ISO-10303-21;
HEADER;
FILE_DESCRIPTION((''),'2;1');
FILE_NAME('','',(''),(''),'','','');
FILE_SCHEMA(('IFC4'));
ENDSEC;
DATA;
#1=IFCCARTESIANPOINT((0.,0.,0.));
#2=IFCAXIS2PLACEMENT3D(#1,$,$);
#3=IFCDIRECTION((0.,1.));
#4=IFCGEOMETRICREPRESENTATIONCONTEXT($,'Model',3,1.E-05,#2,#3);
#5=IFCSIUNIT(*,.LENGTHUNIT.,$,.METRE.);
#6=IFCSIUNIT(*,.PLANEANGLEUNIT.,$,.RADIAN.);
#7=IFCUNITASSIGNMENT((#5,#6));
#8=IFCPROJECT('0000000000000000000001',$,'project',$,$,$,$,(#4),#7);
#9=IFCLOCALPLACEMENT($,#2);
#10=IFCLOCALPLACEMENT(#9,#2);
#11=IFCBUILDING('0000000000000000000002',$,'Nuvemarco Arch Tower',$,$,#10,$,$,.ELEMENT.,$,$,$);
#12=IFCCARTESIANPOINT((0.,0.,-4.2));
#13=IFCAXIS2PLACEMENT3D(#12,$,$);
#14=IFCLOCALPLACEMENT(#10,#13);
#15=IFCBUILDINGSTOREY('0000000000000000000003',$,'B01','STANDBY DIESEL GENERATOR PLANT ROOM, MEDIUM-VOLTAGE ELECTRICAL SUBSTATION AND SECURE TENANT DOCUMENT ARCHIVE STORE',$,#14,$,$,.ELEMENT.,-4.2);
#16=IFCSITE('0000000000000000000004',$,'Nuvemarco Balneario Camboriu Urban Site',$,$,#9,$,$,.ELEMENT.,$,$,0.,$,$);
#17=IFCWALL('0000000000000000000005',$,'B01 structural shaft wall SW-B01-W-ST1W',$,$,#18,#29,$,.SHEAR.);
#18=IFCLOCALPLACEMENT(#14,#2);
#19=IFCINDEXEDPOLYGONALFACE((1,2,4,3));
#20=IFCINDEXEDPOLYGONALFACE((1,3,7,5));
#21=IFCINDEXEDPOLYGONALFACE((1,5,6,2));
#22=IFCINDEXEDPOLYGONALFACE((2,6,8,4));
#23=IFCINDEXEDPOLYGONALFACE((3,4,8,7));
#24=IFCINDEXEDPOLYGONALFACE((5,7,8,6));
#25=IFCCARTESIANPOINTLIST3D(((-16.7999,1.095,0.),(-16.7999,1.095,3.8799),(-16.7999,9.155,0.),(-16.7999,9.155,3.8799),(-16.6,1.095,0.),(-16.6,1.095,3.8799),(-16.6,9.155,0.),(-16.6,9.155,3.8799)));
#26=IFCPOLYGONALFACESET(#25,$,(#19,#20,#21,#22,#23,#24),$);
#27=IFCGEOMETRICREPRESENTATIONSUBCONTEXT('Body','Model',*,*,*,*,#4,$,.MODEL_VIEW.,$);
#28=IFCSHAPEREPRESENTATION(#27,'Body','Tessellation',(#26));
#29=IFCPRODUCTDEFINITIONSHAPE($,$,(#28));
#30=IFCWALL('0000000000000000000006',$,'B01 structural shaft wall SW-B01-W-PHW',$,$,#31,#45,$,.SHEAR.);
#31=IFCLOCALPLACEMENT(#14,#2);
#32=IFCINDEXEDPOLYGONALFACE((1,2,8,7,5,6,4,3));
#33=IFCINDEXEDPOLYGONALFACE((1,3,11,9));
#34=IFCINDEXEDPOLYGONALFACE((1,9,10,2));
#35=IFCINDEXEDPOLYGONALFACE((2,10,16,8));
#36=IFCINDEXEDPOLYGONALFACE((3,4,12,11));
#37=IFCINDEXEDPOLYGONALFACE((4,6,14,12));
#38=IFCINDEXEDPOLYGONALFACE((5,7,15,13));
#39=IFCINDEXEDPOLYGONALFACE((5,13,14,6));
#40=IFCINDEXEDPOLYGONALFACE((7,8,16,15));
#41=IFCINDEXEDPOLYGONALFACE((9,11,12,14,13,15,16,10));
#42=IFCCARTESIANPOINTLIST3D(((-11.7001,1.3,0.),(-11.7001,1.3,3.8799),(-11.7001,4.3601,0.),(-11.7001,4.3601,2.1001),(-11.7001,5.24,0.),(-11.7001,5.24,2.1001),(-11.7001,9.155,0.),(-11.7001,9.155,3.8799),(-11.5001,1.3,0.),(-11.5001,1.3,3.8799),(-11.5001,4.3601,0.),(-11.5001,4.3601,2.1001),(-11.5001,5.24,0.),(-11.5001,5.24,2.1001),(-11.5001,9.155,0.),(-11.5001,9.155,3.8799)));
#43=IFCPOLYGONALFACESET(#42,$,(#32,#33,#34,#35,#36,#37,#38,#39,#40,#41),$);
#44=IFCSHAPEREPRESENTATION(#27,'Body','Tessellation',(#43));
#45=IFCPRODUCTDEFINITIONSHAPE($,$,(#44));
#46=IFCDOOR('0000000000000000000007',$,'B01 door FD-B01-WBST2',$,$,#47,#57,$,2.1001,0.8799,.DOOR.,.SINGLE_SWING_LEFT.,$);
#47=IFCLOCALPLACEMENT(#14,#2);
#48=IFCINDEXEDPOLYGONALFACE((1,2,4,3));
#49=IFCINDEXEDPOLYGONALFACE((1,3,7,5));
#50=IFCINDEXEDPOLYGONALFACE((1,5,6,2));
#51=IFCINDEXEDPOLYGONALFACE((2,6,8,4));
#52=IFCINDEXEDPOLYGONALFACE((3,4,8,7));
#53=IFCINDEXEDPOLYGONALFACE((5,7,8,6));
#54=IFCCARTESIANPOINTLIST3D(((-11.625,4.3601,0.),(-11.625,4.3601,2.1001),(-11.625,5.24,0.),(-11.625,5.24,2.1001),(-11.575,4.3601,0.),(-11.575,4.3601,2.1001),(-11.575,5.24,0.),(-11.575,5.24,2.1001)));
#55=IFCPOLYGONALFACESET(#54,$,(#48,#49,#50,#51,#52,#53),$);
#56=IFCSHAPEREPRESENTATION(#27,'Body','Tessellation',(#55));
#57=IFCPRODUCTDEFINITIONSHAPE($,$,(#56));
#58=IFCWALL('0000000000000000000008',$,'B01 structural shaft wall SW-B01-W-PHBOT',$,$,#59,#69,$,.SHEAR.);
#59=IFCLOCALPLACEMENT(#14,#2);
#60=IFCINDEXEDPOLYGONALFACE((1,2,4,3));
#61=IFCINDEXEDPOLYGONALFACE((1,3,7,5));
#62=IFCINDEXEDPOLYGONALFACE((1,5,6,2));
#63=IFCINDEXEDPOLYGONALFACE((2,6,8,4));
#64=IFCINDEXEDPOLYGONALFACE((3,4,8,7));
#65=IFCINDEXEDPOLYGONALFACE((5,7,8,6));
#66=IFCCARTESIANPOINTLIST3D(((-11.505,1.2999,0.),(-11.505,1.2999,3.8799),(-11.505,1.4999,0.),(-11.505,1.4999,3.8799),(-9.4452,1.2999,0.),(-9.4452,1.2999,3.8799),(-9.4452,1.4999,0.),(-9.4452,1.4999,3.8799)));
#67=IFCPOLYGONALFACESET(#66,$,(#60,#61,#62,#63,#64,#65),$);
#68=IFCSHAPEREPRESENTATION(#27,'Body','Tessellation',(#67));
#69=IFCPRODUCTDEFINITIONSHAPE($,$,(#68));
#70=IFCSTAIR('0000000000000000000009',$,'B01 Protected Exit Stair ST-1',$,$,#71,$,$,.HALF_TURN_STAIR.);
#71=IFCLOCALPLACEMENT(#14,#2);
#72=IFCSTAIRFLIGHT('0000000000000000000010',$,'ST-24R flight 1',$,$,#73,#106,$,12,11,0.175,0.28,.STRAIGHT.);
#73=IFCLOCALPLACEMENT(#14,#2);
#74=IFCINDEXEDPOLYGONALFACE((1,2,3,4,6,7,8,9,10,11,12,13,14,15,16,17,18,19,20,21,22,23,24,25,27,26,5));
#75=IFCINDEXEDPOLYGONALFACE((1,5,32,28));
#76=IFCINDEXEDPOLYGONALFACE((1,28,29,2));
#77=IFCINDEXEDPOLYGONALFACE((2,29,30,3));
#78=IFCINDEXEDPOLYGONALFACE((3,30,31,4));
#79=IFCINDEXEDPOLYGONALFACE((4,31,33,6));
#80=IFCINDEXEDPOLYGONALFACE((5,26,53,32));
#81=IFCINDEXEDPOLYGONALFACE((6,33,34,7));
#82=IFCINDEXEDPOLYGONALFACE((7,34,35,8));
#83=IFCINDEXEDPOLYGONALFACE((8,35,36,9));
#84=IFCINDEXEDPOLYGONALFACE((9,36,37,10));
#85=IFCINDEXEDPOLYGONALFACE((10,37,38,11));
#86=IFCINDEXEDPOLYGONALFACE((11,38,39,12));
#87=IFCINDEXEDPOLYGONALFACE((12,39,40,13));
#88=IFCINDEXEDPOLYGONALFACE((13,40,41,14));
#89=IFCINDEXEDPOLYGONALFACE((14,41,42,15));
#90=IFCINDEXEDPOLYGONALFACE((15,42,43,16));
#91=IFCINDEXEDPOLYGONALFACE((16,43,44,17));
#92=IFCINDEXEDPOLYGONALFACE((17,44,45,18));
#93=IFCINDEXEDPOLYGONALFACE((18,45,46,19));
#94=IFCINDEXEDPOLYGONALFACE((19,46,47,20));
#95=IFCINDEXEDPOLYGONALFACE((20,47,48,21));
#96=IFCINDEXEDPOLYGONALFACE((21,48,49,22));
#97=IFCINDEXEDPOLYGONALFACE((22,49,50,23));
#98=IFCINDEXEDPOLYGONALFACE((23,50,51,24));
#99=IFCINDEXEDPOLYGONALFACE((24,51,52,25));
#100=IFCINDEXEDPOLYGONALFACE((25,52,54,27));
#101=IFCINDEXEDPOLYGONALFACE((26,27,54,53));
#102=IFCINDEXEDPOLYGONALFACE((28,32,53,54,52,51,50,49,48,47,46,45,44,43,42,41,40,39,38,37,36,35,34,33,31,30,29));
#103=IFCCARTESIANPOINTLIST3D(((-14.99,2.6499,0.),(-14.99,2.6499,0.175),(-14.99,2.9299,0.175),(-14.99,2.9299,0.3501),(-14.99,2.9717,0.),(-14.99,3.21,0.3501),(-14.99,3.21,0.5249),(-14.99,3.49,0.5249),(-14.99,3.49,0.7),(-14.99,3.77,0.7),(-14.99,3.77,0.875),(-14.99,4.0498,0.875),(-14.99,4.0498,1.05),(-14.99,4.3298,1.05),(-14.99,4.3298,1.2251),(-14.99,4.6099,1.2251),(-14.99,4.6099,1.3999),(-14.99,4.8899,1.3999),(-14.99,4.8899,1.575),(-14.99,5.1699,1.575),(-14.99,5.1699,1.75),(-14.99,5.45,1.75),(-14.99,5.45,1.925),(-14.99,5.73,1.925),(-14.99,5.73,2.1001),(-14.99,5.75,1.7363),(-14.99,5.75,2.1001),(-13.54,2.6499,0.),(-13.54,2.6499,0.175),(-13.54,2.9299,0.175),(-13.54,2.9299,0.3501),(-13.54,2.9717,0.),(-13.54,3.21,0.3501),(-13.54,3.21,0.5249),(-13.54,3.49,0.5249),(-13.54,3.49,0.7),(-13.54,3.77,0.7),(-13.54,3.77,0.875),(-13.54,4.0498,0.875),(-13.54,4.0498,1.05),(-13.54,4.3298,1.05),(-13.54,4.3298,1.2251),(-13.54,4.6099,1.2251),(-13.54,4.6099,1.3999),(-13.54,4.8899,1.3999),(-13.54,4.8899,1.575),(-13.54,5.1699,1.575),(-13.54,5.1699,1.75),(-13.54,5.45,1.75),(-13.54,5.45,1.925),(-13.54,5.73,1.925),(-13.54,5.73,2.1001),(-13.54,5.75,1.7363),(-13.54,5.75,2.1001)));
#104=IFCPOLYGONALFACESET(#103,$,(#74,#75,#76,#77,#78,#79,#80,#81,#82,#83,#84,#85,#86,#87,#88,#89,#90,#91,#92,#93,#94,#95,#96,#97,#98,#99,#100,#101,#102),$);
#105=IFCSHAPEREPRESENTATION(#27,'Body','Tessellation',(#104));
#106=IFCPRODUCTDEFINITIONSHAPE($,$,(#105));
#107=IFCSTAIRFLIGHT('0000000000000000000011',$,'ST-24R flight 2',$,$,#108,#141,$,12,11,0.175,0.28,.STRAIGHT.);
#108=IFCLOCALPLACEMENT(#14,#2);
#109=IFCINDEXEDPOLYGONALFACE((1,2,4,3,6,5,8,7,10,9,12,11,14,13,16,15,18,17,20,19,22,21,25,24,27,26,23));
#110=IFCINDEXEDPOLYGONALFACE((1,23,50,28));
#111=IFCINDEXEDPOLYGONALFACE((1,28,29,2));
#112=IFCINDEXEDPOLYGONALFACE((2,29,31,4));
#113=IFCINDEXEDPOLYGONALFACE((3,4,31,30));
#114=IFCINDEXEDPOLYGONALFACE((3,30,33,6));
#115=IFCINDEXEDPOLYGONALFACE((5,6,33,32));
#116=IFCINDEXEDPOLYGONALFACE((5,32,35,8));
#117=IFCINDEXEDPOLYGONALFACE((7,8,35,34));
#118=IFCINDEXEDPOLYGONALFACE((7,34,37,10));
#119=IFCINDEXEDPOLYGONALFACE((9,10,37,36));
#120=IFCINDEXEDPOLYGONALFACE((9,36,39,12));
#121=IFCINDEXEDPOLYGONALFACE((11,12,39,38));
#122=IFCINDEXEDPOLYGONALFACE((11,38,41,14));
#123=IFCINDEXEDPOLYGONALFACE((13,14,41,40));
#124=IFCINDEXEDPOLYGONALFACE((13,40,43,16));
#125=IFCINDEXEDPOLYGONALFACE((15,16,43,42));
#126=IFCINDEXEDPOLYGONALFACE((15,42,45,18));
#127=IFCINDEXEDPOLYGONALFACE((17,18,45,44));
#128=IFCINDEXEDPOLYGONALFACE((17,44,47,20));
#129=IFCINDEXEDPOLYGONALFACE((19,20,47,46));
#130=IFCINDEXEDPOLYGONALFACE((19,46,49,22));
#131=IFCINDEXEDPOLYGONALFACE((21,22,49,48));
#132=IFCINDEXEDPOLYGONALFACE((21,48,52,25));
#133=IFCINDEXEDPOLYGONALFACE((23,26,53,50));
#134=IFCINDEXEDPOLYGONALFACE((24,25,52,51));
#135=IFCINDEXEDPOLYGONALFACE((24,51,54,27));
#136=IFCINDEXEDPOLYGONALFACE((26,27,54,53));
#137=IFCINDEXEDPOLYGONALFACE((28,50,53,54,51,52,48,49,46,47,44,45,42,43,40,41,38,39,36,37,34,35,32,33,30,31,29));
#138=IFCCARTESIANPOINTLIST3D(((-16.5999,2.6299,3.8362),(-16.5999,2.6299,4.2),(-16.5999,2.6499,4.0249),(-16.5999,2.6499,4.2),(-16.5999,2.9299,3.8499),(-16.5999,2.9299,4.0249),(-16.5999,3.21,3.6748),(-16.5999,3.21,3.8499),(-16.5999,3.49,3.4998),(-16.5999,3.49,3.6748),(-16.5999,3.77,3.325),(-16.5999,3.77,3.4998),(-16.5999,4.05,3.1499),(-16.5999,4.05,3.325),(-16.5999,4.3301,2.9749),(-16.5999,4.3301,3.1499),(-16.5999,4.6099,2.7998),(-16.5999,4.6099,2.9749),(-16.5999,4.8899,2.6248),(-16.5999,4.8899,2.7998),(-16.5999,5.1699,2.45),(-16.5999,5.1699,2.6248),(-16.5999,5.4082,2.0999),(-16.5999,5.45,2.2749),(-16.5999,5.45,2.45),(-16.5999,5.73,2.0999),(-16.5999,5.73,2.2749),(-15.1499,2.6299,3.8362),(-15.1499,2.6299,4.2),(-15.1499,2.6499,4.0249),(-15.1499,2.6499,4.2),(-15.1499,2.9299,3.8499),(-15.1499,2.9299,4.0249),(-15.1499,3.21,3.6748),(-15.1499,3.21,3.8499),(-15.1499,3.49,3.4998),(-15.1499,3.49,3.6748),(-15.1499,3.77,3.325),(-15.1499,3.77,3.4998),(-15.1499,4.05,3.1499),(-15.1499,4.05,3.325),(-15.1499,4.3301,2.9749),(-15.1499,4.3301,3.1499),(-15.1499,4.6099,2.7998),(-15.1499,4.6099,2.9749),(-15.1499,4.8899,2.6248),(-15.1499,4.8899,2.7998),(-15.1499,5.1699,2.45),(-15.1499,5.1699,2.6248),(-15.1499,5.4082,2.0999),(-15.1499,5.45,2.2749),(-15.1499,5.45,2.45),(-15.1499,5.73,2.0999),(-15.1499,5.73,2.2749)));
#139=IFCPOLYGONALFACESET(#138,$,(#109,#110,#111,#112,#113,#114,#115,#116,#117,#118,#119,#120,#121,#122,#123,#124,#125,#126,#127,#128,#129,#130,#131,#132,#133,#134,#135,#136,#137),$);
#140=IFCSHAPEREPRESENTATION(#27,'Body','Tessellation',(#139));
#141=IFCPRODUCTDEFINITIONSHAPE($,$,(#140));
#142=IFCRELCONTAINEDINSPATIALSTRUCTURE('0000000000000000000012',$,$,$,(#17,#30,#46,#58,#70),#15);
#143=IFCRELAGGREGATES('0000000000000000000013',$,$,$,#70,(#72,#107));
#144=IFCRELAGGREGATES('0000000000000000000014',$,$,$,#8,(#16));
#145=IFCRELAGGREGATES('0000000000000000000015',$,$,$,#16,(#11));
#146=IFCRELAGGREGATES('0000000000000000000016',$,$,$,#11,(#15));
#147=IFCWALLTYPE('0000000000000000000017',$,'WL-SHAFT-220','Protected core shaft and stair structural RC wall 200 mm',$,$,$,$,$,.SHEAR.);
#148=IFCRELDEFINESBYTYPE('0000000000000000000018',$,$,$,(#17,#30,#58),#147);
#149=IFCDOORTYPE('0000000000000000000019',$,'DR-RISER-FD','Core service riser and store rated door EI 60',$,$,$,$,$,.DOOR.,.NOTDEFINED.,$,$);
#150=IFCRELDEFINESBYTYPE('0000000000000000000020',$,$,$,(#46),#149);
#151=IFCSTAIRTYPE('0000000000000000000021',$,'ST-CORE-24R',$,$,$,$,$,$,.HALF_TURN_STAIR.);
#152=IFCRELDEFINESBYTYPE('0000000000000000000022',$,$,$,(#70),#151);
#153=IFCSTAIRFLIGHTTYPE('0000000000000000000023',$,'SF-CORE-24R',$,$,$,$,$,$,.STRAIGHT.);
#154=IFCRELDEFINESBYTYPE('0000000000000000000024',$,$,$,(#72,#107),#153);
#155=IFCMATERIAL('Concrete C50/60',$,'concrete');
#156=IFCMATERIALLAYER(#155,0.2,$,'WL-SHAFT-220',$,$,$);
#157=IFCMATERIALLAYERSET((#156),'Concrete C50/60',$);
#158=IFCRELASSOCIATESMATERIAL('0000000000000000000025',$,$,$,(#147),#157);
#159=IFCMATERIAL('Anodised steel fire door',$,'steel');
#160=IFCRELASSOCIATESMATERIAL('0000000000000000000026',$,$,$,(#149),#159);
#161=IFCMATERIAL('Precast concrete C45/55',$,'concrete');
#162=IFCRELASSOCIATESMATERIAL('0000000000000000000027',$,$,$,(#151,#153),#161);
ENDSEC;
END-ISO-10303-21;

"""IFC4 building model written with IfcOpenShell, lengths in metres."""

from ifc_helpers import new_model, si_unit, direction, frame, frame_2d, origin, place, context, subcontext, project, spatial, polyline, rectangle, outline, extrude, source, transform, mapped, material, layer, layer_set, type_object, type_shapes, element, fill, aggregate, save


model = new_model("IFC4")

# Units and contexts
model_context = context("Model", 3, precision=1e-05, world=origin(), true_north=direction((0.0, 1.0)))
body_context = subcontext(model_context, "Body", "Model", "MODEL_VIEW")
ifc_project = project(units=[si_unit("LENGTHUNIT", "METRE"), si_unit("PLANEANGLEUNIT", "RADIAN")], contexts=[model_context])

# Site, building, storey
site_placement = place(None, origin())
site = spatial("IfcSite", under=ifc_project, at=site_placement, Name="Nuvemarco Balneario Camboriu Urban Site", CompositionType="ELEMENT", RefElevation=0.0)
building_placement = place(site_placement, origin())
building = spatial("IfcBuilding", under=site, at=building_placement, Name="Nuvemarco Arch Tower", CompositionType="ELEMENT")
storey_placement = place(building_placement, frame((0.0, 0.0, -4.2)))
storey = spatial("IfcBuildingStorey", under=building, at=storey_placement, Name="B01", Description="STANDBY DIESEL GENERATOR PLANT ROOM, MEDIUM-VOLTAGE ELECTRICAL SUBSTATION AND SECURE TENANT DOCUMENT ARCHIVE STORE", CompositionType="ELEMENT", Elevation=-4.2)

# Shared definitions
ifc_material_1 = material(Name="Concrete C50/60", Category="concrete")

# Shared definitions
ifc_material_2 = material(Name="Precast concrete C45/55", Category="concrete")

# Shared definitions
ifc_layer_1 = layer(ifc_material_1, 0.2, Name="WL-SHAFT-220")
ifc_layer_set_1 = layer_set([ifc_layer_1], Name="Concrete C50/60")
wall_type_1 = type_object("IfcWallType", Name="WL-SHAFT-220", Description="Protected core shaft and stair structural RC wall 200 mm", PredefinedType="SHEAR", material=ifc_layer_set_1)
ifc_material_3 = material(Name="Anodised steel fire door", Category="steel")

# Wall
wall_1_placement = place(storey_placement, frame((-16.7, 1.095, 0.0), z_axis=(0.0, 0.0, 1.0), x_axis=(0.0, 1.0, 0.0)))
element("IfcWall", 1, at=wall_1_placement, inside=storey, type_object=wall_type_1, Name="B01 structural shaft wall SW-B01-W-ST1W", PredefinedType="SHEAR", context=body_context, shape_type="SweptSolid", body=[
    extrude(rectangle(XDim=8.0601, YDim=0.2, at=frame_2d((4.03, 0.0))), origin(), (0.0, 0.0, 1.0), 3.8799),
])

# Wall, opening, door
wall_2_placement = place(storey_placement, frame((-11.6001, 1.3, 0.0), z_axis=(0.0, 0.0, 1.0), x_axis=(0.0, 1.0, 0.0)))
wall_2 = element("IfcWall", 2, at=wall_2_placement, inside=storey, type_object=wall_type_1, Name="B01 structural shaft wall SW-B01-W-PHW", PredefinedType="SHEAR", context=body_context, shape_type="SweptSolid", body=[
    extrude(rectangle(XDim=7.855, YDim=0.2, at=frame_2d((3.9275, 0.0))), origin(), (0.0, 0.0, 1.0), 3.8799),
])
opening_1_placement = place(wall_2_placement, frame((3.0601, 0.0, 0.0)))
opening_1 = element("IfcOpeningElement", 3, at=opening_1_placement, cuts=wall_2, PredefinedType="OPENING", context=body_context, shape_type="SweptSolid", body=[
    extrude(rectangle(XDim=0.8799, YDim=2.1001, at=frame_2d((0.4399, 1.05))), frame((0.0, 0.1099, 0.0), z_axis=(0.0, -1.0, 0.0), x_axis=(1.0, 0.0, 0.0)), (0.0, 0.0, 1.0), 0.22),
])
door_type_1 = type_object("IfcDoorType", Name="DR-RISER-FD", Description="Core service riser and store rated door EI 60", OperationType="NOTDEFINED", PredefinedType="DOOR", material=ifc_material_3)
shared_shape_1 = source(origin(), body_context, "Body", "SweptSolid", [
    extrude(rectangle(XDim=0.8799, YDim=2.1001, at=frame_2d((0.4399, 1.05))), frame((0.0, 0.0249, 0.0), z_axis=(0.0, -1.0, 0.0), x_axis=(1.0, 0.0, 0.0)), (0.0, 0.0, 1.0), 0.05),
])
type_shapes(door_type_1, [shared_shape_1])
door_1_placement = place(opening_1_placement, origin())
door_1 = element("IfcDoor", 4, at=door_1_placement, inside=storey, type_object=door_type_1, Name="B01 door FD-B01-WBST2", OperationType="SINGLE_SWING_LEFT", OverallHeight=2.1001, OverallWidth=0.8799, PredefinedType="DOOR", context=body_context, shape_type="MappedRepresentation", body=[
    mapped(shared_shape_1, transform((0.0, 0.0, 0.0), scale=1.0)),
])
fill(opening_1, door_1)

# Wall
wall_3_placement = place(storey_placement, frame((-11.5049, 1.3999, 0.0), z_axis=(0.0, 0.0, 1.0), x_axis=(1.0, 0.0, 0.0)))
element("IfcWall", 5, at=wall_3_placement, inside=storey, type_object=wall_type_1, Name="B01 structural shaft wall SW-B01-W-PHBOT", PredefinedType="SHEAR", context=body_context, shape_type="SweptSolid", body=[
    extrude(rectangle(XDim=2.0598, YDim=0.2, at=frame_2d((1.0298, 0.0))), origin(), (0.0, 0.0, 1.0), 3.8799),
])

# Stair, stair flights
stair_type = type_object("IfcStairType", Name="ST-CORE-24R", PredefinedType="HALF_TURN_STAIR", material=ifc_material_2)
stair_placement = place(storey_placement, origin())
stair = element("IfcStair", 6, at=stair_placement, inside=storey, type_object=stair_type, Name="B01 Protected Exit Stair ST-1", PredefinedType="HALF_TURN_STAIR")
stair_flight_type = type_object("IfcStairFlightType", Name="SF-CORE-24R", PredefinedType="STRAIGHT", material=ifc_material_2)
stair_flight_1_placement = place(storey_placement, frame((-14.2649, 2.6499, 0.0), z_axis=(0.0, 0.0, 1.0), x_axis=(0.0, 1.0, 0.0)))
stair_flight_1 = element("IfcStairFlight", 7, at=stair_flight_1_placement, type_object=stair_flight_type, Name="ST-24R flight 1", NumberOfRisers=12, NumberOfTreads=11, PredefinedType="STRAIGHT", RiserHeight=0.175, TreadLength=0.28, context=body_context, shape_type="SweptSolid", body=[
    extrude(outline(polyline([(0.0, 0.0), (0.0, 0.175), (0.28, 0.175), (0.28, 0.3501), (0.5601, 0.3501), (0.5601, 0.5249), (0.8401, 0.5249), (0.8401, 0.7), (1.1201, 0.7), (1.1201, 0.875), (1.3999, 0.875), (1.3999, 1.05), (1.6799, 1.05), (1.6799, 1.2251), (1.96, 1.2251), (1.96, 1.3999), (2.24, 1.3999), (2.24, 1.575), (2.52, 1.575), (2.52, 1.75), (2.8, 1.75), (2.8, 1.925), (3.0801, 1.925), (3.0801, 2.1001), (3.1001, 2.1001), (3.1001, 1.7363), (0.3218, 0.0), (0.0, 0.0)])), frame((0.0, 0.7251, 0.0), z_axis=(0.0, -1.0, 0.0), x_axis=(1.0, 0.0, 0.0)), (0.0, 0.0, 1.0), 1.45),
])
stair_flight_2_placement = place(storey_placement, frame((-15.875, 5.73, 2.0999), z_axis=(0.0, 0.0, 1.0), x_axis=(0.0, -1.0, 0.0)))
stair_flight_2 = element("IfcStairFlight", 8, at=stair_flight_2_placement, type_object=stair_flight_type, Name="ST-24R flight 2", NumberOfRisers=12, NumberOfTreads=11, PredefinedType="STRAIGHT", RiserHeight=0.175, TreadLength=0.28, context=body_context, shape_type="SweptSolid", body=[
    extrude(outline(polyline([(0.0, 0.0), (0.0, 0.175), (0.28, 0.175), (0.28, 0.3501), (0.5601, 0.3501), (0.5601, 0.5249), (0.8401, 0.5249), (0.8401, 0.7), (1.1201, 0.7), (1.1201, 0.875), (1.3999, 0.875), (1.3999, 1.05), (1.6799, 1.05), (1.6799, 1.2251), (1.96, 1.2251), (1.96, 1.3999), (2.24, 1.3999), (2.24, 1.575), (2.52, 1.575), (2.52, 1.75), (2.8, 1.75), (2.8, 1.925), (3.0801, 1.925), (3.0801, 2.1001), (3.1001, 2.1001), (3.1001, 1.7363), (0.3218, 0.0), (0.0, 0.0)])), frame((0.0, 0.7251, 0.0), z_axis=(0.0, -1.0, 0.0), x_axis=(1.0, 0.0, 0.0)), (0.0, 0.0, 1.0), 1.45),
])
aggregate(stair, [stair_flight_1, stair_flight_2])

save(model, "model.ifc")
